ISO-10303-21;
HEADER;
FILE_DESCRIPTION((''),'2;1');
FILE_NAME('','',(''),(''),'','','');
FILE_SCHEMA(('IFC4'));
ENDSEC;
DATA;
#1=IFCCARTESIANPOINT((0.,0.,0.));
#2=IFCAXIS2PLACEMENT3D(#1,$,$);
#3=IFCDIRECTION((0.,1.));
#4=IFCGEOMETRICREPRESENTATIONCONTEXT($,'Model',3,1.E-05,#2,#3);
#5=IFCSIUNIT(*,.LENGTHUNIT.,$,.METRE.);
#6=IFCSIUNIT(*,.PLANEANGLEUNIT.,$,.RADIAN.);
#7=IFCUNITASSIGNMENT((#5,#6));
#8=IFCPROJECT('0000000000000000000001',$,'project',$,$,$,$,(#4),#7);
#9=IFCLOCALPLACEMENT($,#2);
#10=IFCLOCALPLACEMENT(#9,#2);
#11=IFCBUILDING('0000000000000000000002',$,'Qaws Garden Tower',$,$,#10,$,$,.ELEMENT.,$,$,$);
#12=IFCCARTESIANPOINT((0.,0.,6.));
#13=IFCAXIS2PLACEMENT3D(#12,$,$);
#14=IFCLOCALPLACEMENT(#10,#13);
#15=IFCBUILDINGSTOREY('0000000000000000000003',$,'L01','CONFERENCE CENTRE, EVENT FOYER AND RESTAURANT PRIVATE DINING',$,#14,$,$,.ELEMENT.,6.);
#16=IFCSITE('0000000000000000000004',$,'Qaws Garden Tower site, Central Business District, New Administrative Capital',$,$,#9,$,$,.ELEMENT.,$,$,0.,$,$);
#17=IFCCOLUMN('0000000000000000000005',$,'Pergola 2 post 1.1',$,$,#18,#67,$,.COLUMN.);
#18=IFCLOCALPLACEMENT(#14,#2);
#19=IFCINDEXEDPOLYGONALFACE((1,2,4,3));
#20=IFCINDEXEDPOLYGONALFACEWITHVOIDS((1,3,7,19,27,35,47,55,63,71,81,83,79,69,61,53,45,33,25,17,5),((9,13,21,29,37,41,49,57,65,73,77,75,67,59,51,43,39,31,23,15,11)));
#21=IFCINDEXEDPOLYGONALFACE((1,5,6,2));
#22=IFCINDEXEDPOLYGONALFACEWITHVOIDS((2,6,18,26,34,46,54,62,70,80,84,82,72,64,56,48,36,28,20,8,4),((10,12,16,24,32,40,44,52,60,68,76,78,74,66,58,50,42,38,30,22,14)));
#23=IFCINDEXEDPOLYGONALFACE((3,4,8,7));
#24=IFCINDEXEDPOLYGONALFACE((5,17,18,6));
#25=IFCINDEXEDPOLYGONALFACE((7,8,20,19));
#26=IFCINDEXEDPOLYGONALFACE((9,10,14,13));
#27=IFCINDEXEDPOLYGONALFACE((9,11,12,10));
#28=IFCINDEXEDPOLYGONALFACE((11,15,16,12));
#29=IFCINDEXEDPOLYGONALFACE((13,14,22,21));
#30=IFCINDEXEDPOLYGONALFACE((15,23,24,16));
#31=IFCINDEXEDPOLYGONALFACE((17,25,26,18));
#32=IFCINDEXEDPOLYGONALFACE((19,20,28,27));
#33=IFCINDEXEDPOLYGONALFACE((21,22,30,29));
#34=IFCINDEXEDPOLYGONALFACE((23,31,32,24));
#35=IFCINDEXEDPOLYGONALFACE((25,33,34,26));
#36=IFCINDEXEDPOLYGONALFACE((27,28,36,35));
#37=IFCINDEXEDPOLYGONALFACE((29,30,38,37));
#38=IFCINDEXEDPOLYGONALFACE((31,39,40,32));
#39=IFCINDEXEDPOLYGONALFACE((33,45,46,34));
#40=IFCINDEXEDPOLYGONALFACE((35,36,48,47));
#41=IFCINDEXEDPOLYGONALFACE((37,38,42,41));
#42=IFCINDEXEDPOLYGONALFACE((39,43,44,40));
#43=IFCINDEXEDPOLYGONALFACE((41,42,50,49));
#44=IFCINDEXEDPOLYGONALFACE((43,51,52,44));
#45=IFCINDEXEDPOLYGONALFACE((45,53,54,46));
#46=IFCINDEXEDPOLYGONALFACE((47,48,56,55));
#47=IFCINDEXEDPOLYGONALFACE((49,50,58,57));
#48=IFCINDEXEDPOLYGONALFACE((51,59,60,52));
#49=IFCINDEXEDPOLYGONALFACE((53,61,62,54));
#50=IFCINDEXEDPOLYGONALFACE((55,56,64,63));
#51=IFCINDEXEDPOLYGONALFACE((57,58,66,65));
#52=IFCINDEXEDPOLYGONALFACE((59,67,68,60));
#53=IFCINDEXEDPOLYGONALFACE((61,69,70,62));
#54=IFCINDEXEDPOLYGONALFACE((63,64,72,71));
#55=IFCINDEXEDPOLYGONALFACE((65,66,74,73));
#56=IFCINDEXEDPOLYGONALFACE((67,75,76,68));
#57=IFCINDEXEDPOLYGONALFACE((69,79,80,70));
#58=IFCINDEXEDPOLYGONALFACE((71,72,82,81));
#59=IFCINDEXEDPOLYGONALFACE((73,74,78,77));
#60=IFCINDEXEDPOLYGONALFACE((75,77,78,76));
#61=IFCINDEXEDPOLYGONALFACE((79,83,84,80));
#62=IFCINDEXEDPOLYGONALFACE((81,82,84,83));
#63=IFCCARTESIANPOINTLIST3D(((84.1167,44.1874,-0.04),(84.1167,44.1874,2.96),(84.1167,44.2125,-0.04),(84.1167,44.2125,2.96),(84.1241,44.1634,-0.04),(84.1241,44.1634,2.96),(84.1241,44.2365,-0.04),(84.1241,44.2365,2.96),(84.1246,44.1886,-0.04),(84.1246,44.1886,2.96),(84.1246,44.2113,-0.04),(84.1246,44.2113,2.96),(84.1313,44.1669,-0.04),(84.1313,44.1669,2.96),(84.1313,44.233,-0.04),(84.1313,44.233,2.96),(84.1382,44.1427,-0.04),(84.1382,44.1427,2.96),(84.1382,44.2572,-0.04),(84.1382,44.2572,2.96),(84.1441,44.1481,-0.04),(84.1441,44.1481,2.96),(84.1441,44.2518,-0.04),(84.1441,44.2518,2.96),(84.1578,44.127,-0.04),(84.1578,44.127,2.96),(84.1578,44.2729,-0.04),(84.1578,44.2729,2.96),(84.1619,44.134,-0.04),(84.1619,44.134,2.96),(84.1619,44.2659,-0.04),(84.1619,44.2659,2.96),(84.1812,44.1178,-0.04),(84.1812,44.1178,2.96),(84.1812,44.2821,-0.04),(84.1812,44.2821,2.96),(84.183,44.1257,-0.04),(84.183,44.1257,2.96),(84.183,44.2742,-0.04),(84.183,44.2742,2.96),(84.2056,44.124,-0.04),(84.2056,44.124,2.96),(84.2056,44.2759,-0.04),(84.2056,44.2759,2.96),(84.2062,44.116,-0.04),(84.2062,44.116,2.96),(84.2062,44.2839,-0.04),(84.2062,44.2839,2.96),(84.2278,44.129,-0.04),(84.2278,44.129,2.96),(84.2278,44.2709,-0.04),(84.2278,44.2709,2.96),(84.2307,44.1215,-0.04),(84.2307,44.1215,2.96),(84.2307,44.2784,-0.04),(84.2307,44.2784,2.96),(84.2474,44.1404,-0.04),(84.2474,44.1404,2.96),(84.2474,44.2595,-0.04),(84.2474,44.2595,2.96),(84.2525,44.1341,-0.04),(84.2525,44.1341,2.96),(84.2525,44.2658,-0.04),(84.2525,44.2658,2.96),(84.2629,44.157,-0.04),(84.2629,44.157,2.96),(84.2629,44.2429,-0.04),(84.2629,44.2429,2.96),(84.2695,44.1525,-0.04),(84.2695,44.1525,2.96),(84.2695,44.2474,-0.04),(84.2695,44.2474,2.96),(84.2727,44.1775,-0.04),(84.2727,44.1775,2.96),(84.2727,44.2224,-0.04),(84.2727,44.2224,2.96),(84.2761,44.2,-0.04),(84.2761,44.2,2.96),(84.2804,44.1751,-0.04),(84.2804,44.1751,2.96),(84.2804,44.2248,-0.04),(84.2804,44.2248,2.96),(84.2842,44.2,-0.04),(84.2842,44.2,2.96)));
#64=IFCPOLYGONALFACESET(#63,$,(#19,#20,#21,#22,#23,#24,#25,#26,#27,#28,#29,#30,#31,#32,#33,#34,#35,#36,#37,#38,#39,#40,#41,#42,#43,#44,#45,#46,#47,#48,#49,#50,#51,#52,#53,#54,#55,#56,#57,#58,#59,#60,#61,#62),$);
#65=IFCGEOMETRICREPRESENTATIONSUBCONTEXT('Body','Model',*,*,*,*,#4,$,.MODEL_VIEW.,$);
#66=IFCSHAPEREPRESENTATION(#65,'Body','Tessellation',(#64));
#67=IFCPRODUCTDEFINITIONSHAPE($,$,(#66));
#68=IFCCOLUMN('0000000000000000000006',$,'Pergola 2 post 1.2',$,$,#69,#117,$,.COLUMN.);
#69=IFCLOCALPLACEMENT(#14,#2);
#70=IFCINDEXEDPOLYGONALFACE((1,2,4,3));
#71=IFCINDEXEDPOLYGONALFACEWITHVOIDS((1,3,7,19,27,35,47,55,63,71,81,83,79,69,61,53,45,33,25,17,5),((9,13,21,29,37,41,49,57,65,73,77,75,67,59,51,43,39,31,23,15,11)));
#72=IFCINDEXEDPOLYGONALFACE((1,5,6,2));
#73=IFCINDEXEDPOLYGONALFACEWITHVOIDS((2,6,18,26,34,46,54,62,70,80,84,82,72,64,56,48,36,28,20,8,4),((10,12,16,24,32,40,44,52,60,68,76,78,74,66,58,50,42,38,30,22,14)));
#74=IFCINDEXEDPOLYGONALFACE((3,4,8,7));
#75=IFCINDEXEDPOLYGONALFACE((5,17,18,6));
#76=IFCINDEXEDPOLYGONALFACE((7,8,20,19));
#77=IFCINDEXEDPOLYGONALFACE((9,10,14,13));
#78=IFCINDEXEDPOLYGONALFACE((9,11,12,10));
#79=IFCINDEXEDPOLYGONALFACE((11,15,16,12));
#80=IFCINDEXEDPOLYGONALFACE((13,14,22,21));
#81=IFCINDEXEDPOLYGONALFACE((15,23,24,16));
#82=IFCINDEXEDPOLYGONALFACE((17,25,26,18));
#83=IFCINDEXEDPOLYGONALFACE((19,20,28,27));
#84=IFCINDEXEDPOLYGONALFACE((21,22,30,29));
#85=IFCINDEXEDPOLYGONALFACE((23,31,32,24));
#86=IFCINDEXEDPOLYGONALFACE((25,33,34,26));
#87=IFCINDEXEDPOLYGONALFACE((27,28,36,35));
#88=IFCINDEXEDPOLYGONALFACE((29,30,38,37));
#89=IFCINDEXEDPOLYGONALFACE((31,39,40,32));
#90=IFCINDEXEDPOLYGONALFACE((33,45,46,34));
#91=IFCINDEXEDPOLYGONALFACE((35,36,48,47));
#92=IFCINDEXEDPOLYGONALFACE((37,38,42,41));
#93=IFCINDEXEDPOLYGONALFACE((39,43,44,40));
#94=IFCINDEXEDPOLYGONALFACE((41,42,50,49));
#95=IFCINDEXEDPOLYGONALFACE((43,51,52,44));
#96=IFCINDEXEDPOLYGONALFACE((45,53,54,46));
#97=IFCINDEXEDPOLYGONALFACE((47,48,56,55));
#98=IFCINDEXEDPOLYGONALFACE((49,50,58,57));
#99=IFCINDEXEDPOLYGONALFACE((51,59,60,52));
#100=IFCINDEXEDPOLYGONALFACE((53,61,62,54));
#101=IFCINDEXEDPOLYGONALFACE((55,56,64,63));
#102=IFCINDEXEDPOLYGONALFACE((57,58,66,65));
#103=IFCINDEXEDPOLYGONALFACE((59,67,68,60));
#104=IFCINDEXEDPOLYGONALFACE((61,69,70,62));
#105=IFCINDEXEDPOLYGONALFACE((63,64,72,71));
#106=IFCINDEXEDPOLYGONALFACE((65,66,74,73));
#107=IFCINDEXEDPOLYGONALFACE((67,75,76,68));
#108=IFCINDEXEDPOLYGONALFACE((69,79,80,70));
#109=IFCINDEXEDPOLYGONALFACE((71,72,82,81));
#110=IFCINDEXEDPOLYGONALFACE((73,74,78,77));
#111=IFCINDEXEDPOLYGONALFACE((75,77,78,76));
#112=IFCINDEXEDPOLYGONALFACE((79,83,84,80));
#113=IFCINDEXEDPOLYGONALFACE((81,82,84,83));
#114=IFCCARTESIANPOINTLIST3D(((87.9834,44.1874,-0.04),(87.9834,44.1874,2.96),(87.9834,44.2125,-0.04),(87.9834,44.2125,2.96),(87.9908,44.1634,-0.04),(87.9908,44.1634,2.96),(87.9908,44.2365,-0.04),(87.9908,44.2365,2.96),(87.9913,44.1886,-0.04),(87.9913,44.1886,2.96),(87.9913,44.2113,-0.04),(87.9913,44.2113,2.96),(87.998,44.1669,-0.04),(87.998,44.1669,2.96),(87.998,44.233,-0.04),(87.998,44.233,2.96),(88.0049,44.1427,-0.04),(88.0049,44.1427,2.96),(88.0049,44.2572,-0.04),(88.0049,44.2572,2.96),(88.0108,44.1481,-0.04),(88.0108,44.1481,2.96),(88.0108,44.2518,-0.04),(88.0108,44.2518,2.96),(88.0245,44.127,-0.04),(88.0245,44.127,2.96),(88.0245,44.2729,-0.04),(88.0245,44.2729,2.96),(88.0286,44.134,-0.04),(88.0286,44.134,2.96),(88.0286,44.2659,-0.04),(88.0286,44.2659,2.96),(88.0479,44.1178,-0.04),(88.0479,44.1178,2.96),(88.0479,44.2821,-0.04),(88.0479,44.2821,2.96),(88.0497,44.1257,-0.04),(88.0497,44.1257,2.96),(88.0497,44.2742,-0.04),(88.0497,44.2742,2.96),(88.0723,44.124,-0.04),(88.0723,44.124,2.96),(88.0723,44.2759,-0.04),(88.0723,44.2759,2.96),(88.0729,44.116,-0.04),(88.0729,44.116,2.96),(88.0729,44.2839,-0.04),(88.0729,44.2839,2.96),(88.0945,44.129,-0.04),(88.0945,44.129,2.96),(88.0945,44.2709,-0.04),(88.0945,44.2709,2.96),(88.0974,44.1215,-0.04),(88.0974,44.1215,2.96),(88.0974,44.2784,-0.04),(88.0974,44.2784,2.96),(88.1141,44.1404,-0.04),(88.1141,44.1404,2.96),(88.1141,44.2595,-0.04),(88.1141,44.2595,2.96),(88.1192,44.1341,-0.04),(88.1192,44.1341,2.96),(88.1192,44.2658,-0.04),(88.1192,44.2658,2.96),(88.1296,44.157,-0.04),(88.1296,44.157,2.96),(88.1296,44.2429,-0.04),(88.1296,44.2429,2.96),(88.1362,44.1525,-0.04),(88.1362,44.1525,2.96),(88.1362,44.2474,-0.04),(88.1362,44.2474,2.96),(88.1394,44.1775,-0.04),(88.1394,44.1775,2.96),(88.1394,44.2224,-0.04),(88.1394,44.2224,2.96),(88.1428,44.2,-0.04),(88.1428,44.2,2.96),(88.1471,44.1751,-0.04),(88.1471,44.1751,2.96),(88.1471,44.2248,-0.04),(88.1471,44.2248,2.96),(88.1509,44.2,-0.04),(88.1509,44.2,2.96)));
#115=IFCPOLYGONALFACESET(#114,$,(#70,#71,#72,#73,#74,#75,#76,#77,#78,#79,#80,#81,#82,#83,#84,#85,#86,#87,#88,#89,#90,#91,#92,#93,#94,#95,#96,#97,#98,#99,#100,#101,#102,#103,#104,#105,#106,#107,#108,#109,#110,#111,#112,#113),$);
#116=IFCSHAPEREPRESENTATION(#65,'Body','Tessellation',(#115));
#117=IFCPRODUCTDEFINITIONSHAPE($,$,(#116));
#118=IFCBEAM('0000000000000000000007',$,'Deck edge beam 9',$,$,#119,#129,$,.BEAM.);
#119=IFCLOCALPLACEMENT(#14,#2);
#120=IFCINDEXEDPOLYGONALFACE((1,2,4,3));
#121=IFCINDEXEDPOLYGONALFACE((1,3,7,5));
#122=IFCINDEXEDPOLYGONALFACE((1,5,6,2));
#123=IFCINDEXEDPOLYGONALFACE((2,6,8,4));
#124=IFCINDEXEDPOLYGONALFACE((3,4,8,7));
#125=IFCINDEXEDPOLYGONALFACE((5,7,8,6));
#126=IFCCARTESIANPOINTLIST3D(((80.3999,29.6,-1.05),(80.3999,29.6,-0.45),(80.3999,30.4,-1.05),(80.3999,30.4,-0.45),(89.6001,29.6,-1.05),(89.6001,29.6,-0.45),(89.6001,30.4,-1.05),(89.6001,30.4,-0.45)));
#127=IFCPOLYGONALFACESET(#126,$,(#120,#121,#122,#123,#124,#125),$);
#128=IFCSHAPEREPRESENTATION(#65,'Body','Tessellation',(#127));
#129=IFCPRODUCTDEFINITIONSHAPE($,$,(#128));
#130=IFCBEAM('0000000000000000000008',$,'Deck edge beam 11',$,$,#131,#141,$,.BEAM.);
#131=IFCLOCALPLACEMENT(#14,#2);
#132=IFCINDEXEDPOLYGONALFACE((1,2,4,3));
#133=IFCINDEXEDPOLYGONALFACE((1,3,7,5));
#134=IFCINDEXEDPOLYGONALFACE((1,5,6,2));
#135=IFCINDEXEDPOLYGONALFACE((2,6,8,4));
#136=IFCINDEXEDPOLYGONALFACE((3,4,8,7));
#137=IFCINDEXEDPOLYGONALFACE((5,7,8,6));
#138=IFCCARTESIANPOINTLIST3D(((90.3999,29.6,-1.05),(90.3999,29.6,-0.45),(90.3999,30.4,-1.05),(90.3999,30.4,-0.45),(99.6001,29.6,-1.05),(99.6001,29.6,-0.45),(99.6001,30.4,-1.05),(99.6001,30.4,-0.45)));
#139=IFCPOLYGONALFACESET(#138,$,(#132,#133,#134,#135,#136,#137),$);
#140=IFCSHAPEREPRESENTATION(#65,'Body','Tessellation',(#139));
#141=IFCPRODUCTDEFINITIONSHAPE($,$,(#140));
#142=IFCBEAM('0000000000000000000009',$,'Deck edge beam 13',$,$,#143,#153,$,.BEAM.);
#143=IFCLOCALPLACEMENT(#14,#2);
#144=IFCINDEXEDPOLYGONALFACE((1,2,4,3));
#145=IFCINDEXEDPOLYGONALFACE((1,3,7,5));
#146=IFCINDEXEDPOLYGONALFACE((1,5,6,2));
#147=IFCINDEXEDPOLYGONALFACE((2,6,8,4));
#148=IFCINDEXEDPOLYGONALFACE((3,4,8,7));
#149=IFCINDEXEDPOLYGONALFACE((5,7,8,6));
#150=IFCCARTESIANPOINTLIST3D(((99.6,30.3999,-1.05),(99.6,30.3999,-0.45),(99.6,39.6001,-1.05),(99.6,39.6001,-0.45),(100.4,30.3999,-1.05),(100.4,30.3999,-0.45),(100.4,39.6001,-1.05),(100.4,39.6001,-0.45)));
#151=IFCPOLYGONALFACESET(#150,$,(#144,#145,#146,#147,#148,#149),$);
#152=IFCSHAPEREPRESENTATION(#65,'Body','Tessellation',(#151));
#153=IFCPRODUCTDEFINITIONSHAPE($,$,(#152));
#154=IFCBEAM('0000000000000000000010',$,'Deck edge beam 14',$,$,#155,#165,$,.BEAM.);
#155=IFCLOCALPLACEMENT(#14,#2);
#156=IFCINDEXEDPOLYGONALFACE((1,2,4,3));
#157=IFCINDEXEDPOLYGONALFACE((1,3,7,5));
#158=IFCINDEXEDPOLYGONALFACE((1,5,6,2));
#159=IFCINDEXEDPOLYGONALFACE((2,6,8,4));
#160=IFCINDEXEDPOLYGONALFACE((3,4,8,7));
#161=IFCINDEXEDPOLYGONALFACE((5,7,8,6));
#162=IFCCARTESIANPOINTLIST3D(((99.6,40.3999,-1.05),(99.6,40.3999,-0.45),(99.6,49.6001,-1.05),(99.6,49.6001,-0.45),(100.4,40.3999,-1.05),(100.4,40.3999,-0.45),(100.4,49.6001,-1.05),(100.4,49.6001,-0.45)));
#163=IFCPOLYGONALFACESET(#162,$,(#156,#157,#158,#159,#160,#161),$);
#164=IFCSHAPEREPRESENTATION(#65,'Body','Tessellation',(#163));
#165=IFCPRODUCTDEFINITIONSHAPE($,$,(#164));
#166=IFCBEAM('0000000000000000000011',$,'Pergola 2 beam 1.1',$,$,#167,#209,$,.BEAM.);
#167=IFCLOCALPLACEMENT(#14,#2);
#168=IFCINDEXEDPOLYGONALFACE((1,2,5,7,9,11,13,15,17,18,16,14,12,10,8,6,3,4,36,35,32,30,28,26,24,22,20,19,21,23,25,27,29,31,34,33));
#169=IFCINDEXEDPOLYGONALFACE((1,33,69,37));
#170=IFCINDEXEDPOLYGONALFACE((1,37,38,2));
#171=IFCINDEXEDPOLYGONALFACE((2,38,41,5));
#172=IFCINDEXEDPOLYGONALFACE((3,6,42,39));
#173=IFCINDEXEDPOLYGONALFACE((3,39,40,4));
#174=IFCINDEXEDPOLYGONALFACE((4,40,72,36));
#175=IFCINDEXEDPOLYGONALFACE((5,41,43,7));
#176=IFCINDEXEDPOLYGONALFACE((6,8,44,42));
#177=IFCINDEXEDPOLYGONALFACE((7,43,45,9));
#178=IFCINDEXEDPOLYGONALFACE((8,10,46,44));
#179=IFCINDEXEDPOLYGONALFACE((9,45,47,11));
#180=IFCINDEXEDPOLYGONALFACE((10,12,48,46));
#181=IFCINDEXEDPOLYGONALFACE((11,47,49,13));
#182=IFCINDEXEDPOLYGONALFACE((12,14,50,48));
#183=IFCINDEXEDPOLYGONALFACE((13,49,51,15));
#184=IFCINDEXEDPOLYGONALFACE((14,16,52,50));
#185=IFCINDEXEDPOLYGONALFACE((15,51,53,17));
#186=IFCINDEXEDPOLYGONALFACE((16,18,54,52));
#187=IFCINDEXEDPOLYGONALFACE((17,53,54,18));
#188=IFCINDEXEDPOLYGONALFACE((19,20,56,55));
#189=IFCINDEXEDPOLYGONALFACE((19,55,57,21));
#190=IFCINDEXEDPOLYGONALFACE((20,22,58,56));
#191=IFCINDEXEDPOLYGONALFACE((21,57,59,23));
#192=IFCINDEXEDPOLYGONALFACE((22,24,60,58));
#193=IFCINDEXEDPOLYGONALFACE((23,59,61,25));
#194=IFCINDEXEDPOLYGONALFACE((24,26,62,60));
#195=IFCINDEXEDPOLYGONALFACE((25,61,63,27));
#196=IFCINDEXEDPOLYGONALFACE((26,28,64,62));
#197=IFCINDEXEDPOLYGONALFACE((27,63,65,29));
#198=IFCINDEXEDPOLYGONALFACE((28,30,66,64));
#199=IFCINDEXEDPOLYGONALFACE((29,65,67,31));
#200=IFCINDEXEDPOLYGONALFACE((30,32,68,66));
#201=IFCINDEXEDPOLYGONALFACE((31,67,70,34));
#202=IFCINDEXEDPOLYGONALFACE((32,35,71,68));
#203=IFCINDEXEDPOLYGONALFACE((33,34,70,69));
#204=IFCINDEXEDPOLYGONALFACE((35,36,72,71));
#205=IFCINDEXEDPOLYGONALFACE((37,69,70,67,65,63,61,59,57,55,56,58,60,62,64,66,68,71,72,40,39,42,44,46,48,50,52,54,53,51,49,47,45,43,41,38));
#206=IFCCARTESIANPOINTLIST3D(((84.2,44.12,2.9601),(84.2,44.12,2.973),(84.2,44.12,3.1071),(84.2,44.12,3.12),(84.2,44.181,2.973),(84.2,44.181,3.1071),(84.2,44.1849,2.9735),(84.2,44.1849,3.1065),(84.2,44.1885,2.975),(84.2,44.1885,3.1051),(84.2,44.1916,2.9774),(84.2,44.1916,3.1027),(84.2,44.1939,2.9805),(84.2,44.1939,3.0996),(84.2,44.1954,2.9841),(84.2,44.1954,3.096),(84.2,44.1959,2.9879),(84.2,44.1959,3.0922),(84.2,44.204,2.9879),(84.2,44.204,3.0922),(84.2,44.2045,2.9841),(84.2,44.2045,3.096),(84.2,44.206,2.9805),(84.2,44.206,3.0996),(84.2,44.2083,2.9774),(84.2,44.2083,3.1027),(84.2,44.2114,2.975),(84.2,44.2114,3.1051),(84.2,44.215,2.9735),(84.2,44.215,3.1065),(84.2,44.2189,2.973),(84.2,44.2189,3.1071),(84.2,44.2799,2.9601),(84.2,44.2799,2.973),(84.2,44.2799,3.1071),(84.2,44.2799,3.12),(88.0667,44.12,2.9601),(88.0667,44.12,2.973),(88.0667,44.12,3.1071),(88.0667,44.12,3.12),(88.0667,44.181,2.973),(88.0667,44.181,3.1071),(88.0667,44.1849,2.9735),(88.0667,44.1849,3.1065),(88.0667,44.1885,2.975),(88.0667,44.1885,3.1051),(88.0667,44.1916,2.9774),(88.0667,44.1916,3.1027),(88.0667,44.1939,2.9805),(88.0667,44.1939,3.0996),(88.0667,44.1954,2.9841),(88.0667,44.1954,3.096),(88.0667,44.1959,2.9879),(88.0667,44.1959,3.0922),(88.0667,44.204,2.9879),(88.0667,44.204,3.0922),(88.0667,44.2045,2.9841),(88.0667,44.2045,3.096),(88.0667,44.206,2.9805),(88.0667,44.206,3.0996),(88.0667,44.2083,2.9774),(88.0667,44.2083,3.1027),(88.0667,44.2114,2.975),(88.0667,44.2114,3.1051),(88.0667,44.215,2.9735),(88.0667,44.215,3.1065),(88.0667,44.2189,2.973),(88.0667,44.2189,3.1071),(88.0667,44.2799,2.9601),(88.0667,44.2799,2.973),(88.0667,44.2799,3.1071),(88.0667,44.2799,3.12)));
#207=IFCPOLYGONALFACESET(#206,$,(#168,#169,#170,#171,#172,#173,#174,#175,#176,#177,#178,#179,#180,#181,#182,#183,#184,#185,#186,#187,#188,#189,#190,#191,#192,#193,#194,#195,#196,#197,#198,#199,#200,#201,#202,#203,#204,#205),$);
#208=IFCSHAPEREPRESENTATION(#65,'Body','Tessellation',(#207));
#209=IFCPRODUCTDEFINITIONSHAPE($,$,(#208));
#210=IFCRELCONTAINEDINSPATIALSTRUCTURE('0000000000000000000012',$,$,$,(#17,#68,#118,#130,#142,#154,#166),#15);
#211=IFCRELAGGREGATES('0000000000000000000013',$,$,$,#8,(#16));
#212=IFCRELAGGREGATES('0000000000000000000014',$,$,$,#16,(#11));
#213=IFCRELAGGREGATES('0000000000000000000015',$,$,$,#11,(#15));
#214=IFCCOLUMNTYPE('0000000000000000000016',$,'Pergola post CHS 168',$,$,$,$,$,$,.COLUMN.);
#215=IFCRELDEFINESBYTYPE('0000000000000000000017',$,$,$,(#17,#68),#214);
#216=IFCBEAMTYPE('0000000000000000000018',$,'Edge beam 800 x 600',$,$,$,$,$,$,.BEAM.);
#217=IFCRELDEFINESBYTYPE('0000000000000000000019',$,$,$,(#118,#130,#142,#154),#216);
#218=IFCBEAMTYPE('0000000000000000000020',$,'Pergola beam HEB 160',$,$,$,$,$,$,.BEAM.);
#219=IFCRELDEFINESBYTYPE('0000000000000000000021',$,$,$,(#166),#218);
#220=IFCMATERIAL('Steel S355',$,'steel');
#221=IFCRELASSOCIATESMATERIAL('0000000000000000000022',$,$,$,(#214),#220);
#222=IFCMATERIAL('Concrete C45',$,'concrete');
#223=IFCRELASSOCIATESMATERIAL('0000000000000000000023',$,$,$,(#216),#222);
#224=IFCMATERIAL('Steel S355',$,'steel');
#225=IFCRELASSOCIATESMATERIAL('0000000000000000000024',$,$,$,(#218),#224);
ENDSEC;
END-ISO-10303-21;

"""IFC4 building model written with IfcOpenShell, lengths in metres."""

from ifc_helpers import new_model, si_unit, direction, frame, origin, origin_2d, place, context, subcontext, project, spatial, rectangle, hollow_circle, i_section, extrude, material, material_profile, profile_set, type_object, element, save


model = new_model("IFC4")

# Units and contexts
model_context = context("Model", 3, precision=1e-05, world=origin(), true_north=direction((0.0, 1.0)))
body_context = subcontext(model_context, "Body", "Model", "MODEL_VIEW")
ifc_project = project(units=[si_unit("LENGTHUNIT", "METRE"), si_unit("PLANEANGLEUNIT", "RADIAN")], contexts=[model_context])

# Site, building, storey
site_placement = place(None, origin())
site = spatial("IfcSite", under=ifc_project, at=site_placement, Name="Qaws Garden Tower site, Central Business District, New Administrative Capital", CompositionType="ELEMENT", RefElevation=0.0)
building_placement = place(site_placement, origin())
building = spatial("IfcBuilding", under=site, at=building_placement, Name="Qaws Garden Tower", CompositionType="ELEMENT")
storey_placement = place(building_placement, frame((0.0, 0.0, 6.0)))
storey = spatial("IfcBuildingStorey", under=building, at=storey_placement, Name="L01", Description="CONFERENCE CENTRE, EVENT FOYER AND RESTAURANT PRIVATE DINING", CompositionType="ELEMENT", Elevation=6.0)

# Columns
ifc_material_1 = material(Name="Steel S355", Category="steel")
ifc_material_profile_1 = material_profile(ifc_material_1, hollow_circle(Radius=0.0842, WallThickness=0.0081, at=origin_2d()), Name="Pergola post CHS 168")
ifc_profile_set_1 = profile_set([ifc_material_profile_1], Name="Steel S355")
column_type = type_object("IfcColumnType", Name="Pergola post CHS 168", PredefinedType="COLUMN", material=ifc_profile_set_1)
for number, where, z_axis, x_axis, name in (
    (1, (84.2, 44.2, -0.04), (0.0, 0.0, 1.0), (1.0, 0.0, 0.0), "Pergola 2 post 1.1"),
    (2, (88.0667, 44.2, -0.04), (0.0, 0.0, 1.0), (1.0, 0.0, 0.0), "Pergola 2 post 1.2"),
):
    element("IfcColumn", number, at=place(storey_placement, frame(where, z_axis=z_axis, x_axis=x_axis)), inside=storey, type_object=column_type, Name=name, PredefinedType="COLUMN", context=body_context, shape_type="SweptSolid", body=[
        extrude(hollow_circle(Radius=0.0842, WallThickness=0.0081, at=origin_2d()), origin(), (0.0, 0.0, 1.0), 3.0),
    ])

# Beams
ifc_material_2 = material(Name="Concrete C45", Category="concrete")
ifc_material_profile_2 = material_profile(ifc_material_2, rectangle(XDim=0.8, YDim=0.6001, at=origin_2d()), Name="Edge beam 800 x 600")
ifc_profile_set_2 = profile_set([ifc_material_profile_2], Name="Concrete C45")
beam_type_1 = type_object("IfcBeamType", Name="Edge beam 800 x 600", PredefinedType="BEAM", material=ifc_profile_set_2)
for number, where, z_axis, x_axis, name in (
    (3, (80.3999, 30.0, -0.75), (1.0, 0.0, 0.0), (0.0, 1.0, 0.0), "Deck edge beam 9"),
    (4, (90.3999, 30.0, -0.75), (1.0, 0.0, 0.0), (0.0, 1.0, 0.0), "Deck edge beam 11"),
    (5, (100.0, 30.3999, -0.75), (0.0, 1.0, 0.0), (-1.0, 0.0, 0.0), "Deck edge beam 13"),
    (6, (100.0, 40.3999, -0.75), (0.0, 1.0, 0.0), (-1.0, 0.0, 0.0), "Deck edge beam 14"),
):
    element("IfcBeam", number, at=place(storey_placement, frame(where, z_axis=z_axis, x_axis=x_axis)), inside=storey, type_object=beam_type_1, Name=name, PredefinedType="BEAM", context=body_context, shape_type="SweptSolid", body=[
        extrude(rectangle(XDim=0.8, YDim=0.6001, at=origin_2d()), origin(), (0.0, 0.0, 1.0), 9.2002),
    ])
ifc_material_3 = material(Name="Steel S355", Category="steel")
ifc_material_profile_3 = material_profile(ifc_material_3, i_section(OverallWidth=0.1599, OverallDepth=0.1599, WebThickness=0.0081, FlangeThickness=0.0129, FilletRadius=0.0149, at=origin_2d()), Name="HEB 160")
ifc_profile_set_3 = profile_set([ifc_material_profile_3], Name="Steel S355")
beam_type_2 = type_object("IfcBeamType", Name="Pergola beam HEB 160", PredefinedType="BEAM", material=ifc_profile_set_3)
beam_1_placement = place(storey_placement, frame((84.2, 44.2, 3.04), z_axis=(1.0, 0.0, 0.0), x_axis=(0.0, 1.0, 0.0)))
element("IfcBeam", 7, at=beam_1_placement, inside=storey, type_object=beam_type_2, Name="Pergola 2 beam 1.1", PredefinedType="BEAM", context=body_context, shape_type="SweptSolid", body=[
    extrude(i_section(OverallWidth=0.1599, OverallDepth=0.1599, WebThickness=0.0081, FlangeThickness=0.0129, FilletRadius=0.0149, at=origin_2d()), origin(), (0.0, 0.0, 1.0), 3.8667),
])

save(model, "model.ifc")
